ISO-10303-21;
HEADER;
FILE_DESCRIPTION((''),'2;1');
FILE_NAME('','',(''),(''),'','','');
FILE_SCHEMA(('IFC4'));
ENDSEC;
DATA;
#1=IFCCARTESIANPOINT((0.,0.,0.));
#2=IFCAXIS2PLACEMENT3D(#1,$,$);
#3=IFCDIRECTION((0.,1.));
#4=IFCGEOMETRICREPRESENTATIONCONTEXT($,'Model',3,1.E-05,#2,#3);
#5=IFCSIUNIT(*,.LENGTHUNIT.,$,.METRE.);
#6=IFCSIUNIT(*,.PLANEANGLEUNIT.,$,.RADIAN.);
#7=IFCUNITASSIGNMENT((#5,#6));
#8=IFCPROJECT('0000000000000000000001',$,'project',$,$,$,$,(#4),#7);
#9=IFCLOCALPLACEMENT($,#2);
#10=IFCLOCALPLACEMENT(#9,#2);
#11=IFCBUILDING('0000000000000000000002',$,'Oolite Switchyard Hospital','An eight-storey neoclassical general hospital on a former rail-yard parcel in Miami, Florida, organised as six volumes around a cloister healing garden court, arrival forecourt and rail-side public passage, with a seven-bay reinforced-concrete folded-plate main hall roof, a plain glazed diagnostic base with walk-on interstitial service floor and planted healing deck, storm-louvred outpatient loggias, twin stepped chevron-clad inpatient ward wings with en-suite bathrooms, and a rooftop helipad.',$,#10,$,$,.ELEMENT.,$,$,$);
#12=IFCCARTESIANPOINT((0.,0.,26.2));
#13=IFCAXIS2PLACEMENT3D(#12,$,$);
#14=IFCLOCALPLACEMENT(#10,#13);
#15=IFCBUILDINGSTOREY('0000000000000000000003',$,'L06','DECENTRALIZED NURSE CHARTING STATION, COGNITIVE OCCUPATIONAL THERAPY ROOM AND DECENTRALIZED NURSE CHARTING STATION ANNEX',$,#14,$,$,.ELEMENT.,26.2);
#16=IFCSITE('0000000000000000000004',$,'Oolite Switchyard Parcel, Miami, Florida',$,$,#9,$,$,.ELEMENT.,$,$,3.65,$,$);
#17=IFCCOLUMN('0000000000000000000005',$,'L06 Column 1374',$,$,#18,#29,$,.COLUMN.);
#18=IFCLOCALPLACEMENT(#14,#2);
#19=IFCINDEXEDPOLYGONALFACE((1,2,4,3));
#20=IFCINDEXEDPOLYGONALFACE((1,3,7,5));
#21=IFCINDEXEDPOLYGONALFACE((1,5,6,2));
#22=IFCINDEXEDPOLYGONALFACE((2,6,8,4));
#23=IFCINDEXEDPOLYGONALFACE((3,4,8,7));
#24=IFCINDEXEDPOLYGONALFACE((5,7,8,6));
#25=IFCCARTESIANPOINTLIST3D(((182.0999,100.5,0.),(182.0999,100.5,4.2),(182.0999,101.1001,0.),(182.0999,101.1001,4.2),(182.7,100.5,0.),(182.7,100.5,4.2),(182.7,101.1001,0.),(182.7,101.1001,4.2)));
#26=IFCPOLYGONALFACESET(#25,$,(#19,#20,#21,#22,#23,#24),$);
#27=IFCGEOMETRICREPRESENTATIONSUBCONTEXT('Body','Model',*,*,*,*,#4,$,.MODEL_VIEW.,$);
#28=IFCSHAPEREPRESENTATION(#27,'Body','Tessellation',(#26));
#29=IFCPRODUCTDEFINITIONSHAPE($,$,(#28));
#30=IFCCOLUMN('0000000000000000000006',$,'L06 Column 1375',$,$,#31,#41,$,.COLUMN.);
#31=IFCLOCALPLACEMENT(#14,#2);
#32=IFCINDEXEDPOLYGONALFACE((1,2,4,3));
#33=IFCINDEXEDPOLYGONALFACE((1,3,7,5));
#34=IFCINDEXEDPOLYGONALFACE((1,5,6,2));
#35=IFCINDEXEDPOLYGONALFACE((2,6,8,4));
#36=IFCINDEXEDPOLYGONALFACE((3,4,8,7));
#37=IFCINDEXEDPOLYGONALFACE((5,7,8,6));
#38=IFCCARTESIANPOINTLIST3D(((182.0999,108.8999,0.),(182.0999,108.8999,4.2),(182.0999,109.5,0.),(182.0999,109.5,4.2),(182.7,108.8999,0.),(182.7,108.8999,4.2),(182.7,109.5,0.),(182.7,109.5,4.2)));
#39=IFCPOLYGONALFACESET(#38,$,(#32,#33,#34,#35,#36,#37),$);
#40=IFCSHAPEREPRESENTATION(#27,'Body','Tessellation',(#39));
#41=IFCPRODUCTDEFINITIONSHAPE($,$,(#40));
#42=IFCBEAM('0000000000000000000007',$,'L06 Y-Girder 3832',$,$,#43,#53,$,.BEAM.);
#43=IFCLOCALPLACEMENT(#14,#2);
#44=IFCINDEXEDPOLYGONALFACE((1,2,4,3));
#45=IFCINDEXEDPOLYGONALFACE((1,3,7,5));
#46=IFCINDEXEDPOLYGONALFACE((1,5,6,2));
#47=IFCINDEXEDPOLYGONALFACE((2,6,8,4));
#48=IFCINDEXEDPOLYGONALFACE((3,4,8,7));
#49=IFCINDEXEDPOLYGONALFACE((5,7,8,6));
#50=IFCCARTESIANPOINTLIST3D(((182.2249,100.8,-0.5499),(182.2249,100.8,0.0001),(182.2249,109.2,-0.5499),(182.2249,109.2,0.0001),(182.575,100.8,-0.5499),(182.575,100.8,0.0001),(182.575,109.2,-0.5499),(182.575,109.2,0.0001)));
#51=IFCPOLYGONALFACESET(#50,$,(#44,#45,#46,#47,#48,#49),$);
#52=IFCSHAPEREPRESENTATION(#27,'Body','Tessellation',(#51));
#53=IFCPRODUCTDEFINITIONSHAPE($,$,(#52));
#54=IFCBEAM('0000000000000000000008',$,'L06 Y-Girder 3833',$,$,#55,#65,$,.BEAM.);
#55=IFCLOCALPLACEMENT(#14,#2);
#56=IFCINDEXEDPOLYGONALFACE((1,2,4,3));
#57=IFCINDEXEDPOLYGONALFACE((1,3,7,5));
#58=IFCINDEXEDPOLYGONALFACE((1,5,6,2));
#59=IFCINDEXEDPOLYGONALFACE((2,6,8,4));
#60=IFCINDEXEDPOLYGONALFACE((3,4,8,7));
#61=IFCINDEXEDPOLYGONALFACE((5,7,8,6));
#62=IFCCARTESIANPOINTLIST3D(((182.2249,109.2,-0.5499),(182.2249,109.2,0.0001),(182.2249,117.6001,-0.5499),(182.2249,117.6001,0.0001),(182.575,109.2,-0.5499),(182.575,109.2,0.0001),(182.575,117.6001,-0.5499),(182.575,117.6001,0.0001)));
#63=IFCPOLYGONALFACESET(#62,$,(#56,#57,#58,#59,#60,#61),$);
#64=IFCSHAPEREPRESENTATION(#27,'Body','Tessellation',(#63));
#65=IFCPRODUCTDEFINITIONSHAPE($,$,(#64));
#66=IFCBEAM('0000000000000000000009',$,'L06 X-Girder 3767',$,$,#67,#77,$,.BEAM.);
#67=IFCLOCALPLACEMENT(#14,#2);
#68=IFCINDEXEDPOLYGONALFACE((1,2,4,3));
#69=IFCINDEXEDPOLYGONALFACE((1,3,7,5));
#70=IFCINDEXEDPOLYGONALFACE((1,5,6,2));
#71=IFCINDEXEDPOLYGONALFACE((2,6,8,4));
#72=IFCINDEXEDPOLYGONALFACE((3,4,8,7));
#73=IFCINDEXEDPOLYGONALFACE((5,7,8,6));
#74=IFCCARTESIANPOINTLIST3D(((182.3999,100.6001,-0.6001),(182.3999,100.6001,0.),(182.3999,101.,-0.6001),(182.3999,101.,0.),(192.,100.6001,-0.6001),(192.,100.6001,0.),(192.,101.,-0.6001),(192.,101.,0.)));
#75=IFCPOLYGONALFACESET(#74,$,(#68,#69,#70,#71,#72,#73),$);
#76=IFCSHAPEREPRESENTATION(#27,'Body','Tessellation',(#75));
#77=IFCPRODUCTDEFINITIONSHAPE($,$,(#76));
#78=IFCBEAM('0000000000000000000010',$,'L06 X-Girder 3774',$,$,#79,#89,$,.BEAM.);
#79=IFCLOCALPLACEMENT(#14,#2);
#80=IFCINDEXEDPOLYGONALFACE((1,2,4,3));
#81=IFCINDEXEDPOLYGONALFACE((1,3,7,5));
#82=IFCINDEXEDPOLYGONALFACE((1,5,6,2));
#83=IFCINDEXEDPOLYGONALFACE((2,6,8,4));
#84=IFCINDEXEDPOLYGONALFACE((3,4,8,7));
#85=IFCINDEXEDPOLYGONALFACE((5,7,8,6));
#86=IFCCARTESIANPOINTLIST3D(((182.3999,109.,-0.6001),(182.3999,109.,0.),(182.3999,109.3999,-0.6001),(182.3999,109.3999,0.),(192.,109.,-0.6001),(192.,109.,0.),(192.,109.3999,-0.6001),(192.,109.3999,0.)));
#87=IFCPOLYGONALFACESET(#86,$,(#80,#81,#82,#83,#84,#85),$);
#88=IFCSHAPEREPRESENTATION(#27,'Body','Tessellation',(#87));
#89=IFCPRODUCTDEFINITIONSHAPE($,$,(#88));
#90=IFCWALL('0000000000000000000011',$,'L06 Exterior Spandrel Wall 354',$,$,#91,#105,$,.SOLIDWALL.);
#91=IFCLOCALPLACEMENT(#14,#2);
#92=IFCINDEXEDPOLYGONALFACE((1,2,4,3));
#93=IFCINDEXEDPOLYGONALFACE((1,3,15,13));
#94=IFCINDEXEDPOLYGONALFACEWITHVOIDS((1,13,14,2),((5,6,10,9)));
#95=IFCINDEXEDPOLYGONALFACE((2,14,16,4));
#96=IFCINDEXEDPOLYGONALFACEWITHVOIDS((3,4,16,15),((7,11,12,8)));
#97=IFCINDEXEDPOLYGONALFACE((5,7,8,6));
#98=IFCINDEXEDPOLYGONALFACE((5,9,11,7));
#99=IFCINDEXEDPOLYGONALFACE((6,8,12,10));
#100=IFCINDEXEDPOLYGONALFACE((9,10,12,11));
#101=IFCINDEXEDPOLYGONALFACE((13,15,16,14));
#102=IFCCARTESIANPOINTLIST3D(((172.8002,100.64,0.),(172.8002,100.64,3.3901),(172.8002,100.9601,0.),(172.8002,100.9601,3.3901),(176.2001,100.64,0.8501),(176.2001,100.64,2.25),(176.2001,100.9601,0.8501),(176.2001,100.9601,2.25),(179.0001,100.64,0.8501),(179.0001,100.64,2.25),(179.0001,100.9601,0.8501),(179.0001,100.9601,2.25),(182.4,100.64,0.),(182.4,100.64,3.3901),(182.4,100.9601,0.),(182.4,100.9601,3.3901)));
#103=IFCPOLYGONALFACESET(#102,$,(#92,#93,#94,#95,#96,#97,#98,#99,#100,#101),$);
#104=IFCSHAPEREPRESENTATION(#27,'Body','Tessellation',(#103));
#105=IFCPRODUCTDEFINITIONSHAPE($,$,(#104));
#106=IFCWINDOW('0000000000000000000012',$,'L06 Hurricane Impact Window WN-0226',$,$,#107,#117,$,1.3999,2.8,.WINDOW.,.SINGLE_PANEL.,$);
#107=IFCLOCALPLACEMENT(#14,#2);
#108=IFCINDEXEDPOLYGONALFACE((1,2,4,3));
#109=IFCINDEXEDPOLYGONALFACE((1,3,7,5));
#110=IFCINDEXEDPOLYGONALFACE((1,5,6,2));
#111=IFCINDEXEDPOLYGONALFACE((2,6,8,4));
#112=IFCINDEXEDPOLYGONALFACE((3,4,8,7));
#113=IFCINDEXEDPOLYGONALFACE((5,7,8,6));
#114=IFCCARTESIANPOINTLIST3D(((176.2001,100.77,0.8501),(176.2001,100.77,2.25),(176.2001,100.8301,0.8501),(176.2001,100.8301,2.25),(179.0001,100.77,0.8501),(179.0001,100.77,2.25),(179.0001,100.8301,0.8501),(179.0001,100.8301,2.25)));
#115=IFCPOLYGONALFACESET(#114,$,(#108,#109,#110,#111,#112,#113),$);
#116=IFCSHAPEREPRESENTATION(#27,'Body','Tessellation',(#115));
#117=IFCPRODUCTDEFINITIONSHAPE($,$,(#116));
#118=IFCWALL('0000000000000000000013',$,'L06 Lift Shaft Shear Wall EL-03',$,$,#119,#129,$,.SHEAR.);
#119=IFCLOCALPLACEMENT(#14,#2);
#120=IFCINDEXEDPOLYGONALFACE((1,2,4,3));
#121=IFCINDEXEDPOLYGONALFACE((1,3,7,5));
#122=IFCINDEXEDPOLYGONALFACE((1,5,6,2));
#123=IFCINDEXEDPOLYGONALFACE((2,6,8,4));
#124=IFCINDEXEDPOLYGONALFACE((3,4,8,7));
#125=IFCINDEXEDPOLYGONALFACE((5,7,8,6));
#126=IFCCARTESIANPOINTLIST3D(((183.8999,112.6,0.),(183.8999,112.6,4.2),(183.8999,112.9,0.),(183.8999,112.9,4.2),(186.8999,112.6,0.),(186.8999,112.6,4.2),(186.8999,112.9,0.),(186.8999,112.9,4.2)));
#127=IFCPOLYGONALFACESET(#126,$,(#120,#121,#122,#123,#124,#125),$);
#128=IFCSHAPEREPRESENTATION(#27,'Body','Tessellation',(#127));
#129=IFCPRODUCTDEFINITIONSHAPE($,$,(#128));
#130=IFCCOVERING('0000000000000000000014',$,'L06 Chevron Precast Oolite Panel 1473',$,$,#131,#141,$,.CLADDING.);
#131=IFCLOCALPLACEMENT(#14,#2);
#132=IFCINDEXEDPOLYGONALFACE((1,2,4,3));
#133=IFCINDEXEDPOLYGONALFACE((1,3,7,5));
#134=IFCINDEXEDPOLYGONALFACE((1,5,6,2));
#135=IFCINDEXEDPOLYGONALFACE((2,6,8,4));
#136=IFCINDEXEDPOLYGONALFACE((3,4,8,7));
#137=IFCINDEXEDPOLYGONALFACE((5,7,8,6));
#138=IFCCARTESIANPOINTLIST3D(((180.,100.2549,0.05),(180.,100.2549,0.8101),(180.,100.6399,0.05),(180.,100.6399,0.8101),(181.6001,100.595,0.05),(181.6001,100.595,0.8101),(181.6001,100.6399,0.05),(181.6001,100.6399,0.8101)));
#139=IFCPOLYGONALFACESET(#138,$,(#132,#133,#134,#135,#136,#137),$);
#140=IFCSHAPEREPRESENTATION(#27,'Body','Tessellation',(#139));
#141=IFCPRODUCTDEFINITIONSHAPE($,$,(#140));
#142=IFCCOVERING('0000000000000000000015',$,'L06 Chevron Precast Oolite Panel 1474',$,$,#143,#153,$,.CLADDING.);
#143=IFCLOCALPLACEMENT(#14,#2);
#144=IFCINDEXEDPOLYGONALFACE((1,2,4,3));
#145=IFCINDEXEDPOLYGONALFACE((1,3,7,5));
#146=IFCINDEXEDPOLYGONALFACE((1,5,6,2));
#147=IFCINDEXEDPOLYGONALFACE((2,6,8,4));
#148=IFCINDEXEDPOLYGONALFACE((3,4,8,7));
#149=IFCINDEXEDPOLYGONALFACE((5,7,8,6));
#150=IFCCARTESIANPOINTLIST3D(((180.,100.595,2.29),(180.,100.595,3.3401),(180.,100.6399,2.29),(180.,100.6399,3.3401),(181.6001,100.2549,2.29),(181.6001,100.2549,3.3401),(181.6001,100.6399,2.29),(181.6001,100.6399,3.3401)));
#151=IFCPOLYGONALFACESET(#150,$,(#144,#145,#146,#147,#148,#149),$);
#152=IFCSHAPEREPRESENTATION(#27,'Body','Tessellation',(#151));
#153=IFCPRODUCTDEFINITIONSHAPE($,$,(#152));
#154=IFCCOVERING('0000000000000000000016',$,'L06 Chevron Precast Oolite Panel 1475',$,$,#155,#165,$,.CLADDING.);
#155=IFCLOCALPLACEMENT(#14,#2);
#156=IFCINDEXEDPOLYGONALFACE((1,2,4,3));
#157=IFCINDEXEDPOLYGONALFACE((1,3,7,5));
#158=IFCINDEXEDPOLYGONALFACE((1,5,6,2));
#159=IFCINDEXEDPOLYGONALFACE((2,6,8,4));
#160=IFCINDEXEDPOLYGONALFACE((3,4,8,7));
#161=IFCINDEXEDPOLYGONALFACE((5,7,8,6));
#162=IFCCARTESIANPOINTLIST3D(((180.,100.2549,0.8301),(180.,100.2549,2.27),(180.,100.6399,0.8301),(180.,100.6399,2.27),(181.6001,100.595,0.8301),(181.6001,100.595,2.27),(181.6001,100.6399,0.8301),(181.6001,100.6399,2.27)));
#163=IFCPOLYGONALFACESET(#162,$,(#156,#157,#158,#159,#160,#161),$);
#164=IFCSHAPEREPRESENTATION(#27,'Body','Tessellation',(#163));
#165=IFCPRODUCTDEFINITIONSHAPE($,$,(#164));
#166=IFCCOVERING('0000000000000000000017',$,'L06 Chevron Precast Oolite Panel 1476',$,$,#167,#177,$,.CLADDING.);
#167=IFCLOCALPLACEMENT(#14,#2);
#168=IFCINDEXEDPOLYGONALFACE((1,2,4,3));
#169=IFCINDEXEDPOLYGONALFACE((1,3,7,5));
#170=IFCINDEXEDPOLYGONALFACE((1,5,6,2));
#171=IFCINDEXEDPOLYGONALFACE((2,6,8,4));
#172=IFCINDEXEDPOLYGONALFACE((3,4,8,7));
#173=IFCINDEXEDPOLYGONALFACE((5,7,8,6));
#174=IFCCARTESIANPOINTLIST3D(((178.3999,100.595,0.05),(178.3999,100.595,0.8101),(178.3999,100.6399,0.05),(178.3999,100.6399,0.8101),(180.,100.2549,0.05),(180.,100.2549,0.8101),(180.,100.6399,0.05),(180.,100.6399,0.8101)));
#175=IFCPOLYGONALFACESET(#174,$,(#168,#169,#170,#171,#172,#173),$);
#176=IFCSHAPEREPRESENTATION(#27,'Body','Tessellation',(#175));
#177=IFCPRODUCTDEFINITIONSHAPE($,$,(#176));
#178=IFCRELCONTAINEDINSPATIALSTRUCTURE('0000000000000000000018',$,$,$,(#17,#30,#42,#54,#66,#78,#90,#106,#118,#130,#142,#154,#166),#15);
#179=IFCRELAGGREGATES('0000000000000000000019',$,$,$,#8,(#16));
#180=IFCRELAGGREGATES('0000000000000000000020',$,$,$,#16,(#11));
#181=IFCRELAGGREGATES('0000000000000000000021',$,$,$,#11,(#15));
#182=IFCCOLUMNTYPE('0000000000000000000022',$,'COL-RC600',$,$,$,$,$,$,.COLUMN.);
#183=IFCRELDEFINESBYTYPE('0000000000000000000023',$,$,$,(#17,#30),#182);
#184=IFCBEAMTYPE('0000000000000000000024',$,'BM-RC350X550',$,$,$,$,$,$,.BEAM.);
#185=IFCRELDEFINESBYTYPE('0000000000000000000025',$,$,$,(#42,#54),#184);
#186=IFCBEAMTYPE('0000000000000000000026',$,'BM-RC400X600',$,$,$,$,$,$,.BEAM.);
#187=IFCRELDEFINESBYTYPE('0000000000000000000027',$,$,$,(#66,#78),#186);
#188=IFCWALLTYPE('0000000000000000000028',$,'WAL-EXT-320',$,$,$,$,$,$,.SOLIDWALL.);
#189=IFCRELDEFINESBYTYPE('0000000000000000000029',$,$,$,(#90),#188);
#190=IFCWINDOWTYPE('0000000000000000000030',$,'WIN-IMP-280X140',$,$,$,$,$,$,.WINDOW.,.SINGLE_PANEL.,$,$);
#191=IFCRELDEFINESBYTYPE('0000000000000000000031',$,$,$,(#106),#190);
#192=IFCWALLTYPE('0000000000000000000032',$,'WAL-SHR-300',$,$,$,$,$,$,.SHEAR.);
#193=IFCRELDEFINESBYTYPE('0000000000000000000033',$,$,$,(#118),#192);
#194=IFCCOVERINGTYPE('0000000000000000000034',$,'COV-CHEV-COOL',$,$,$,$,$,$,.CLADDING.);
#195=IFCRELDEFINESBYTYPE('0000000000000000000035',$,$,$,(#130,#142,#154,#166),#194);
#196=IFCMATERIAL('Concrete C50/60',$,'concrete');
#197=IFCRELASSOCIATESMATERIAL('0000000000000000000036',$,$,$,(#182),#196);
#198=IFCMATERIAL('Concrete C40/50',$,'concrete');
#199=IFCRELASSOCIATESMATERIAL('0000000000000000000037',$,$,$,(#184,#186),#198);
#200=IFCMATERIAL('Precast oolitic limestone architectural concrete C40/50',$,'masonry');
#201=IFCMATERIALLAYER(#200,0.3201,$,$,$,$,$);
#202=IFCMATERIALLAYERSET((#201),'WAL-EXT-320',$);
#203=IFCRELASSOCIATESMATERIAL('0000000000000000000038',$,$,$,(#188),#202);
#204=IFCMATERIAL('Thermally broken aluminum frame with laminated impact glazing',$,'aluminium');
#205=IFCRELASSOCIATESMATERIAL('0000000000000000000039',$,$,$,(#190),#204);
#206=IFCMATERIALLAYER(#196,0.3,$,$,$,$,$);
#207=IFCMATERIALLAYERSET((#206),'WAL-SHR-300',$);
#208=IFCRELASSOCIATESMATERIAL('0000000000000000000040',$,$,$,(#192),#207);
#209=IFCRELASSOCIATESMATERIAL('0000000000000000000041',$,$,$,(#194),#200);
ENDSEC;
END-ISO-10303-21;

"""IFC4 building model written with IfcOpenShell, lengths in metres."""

from ifc_helpers import new_model, si_unit, direction, frame, frame_2d, origin, origin_2d, place, context, subcontext, project, spatial, polyline, rectangle, outline, extrude, material, layer, layer_set, material_profile, profile_set, type_object, element, fill, save


model = new_model("IFC4")

# Units and contexts
model_context = context("Model", 3, precision=1e-05, world=origin(), true_north=direction((0.0, 1.0)))
body_context = subcontext(model_context, "Body", "Model", "MODEL_VIEW")
ifc_project = project(units=[si_unit("LENGTHUNIT", "METRE"), si_unit("PLANEANGLEUNIT", "RADIAN")], contexts=[model_context])

# Site, building, storey
site_placement = place(None, origin())
site = spatial("IfcSite", under=ifc_project, at=site_placement, Name="Oolite Switchyard Parcel, Miami, Florida", CompositionType="ELEMENT", RefElevation=3.65)
building_placement = place(site_placement, origin())
building = spatial("IfcBuilding", under=site, at=building_placement, Name="Oolite Switchyard Hospital", Description="An eight-storey neoclassical general hospital on a former rail-yard parcel in Miami, Florida, organised as six volumes around a cloister healing garden court, arrival forecourt and rail-side public passage, with a seven-bay reinforced-concrete folded-plate main hall roof, a plain glazed diagnostic base with walk-on interstitial service floor and planted healing deck, storm-louvred outpatient loggias, twin stepped chevron-clad inpatient ward wings with en-suite bathrooms, and a rooftop helipad.", CompositionType="ELEMENT")
storey_placement = place(building_placement, frame((0.0, 0.0, 26.2)))
storey = spatial("IfcBuildingStorey", under=building, at=storey_placement, Name="L06", Description="DECENTRALIZED NURSE CHARTING STATION, COGNITIVE OCCUPATIONAL THERAPY ROOM AND DECENTRALIZED NURSE CHARTING STATION ANNEX", CompositionType="ELEMENT", Elevation=26.2)

# Columns
ifc_material_1 = material(Name="Concrete C50/60", Category="concrete")
ifc_material_profile_1 = material_profile(ifc_material_1, rectangle(XDim=0.6001, YDim=0.6001, at=origin_2d()), Name="RC600X600")
ifc_profile_set_1 = profile_set([ifc_material_profile_1], Name="Concrete C50/60")
column_type = type_object("IfcColumnType", Name="COL-RC600", PredefinedType="COLUMN", material=ifc_profile_set_1)
for number, where, z_axis, x_axis, name in (
    (1, (182.3999, 100.8, 0.0), (0.0, 0.0, 1.0), (1.0, 0.0, 0.0), "L06 Column 1374"),
    (2, (182.3999, 109.2, 0.0), (0.0, 0.0, 1.0), (1.0, 0.0, 0.0), "L06 Column 1375"),
):
    element("IfcColumn", number, at=place(storey_placement, frame(where, z_axis=z_axis, x_axis=x_axis)), inside=storey, type_object=column_type, Name=name, PredefinedType="COLUMN", context=body_context, shape_type="SweptSolid", body=[
        extrude(rectangle(XDim=0.6001, YDim=0.6001, at=origin_2d()), origin(), (0.0, 0.0, 1.0), 4.2),
    ])

# Beams
ifc_material_2 = material(Name="Concrete C40/50", Category="concrete")
ifc_material_profile_2 = material_profile(ifc_material_2, rectangle(XDim=0.3501, YDim=0.55, at=origin_2d()), Name="RCB350X550")
ifc_profile_set_2 = profile_set([ifc_material_profile_2], Name="Concrete C40/50")
beam_type_1 = type_object("IfcBeamType", Name="BM-RC350X550", PredefinedType="BEAM", material=ifc_profile_set_2)
beam_1_placement = place(storey_placement, frame((182.3999, 100.8, -0.2749), z_axis=(0.0, 1.0, 0.0), x_axis=(-1.0, 0.0, 0.0)))
element("IfcBeam", 3, at=beam_1_placement, inside=storey, type_object=beam_type_1, Name="L06 Y-Girder 3832", PredefinedType="BEAM", context=body_context, shape_type="SweptSolid", body=[
    extrude(rectangle(XDim=0.3501, YDim=0.55, at=origin_2d()), origin(), (0.0, 0.0, 1.0), 8.3999),
])
beam_2_placement = place(storey_placement, frame((182.3999, 109.2, -0.2749), z_axis=(0.0, 1.0, 0.0), x_axis=(-1.0, 0.0, 0.0)))
element("IfcBeam", 4, at=beam_2_placement, inside=storey, type_object=beam_type_1, Name="L06 Y-Girder 3833", PredefinedType="BEAM", context=body_context, shape_type="SweptSolid", body=[
    extrude(rectangle(XDim=0.3501, YDim=0.55, at=origin_2d()), origin(), (0.0, 0.0, 1.0), 8.4001),
])
ifc_material_profile_3 = material_profile(ifc_material_2, rectangle(XDim=0.3999, YDim=0.6001, at=origin_2d()), Name="RCB400X600")
ifc_profile_set_3 = profile_set([ifc_material_profile_3], Name="Concrete C40/50")
beam_type_2 = type_object("IfcBeamType", Name="BM-RC400X600", PredefinedType="BEAM", material=ifc_profile_set_3)
for number, where, z_axis, x_axis, name in (
    (5, (182.3999, 100.8, -0.3), (1.0, 0.0, 0.0), (0.0, 1.0, 0.0), "L06 X-Girder 3767"),
    (6, (182.3999, 109.2, -0.3), (1.0, 0.0, 0.0), (0.0, 1.0, 0.0), "L06 X-Girder 3774"),
):
    element("IfcBeam", number, at=place(storey_placement, frame(where, z_axis=z_axis, x_axis=x_axis)), inside=storey, type_object=beam_type_2, Name=name, PredefinedType="BEAM", context=body_context, shape_type="SweptSolid", body=[
        extrude(rectangle(XDim=0.3999, YDim=0.6001, at=origin_2d()), origin(), (0.0, 0.0, 1.0), 9.6001),
    ])

# Wall, opening, window
ifc_material_3 = material(Name="Precast oolitic limestone architectural concrete C40/50", Category="masonry")
ifc_layer_1 = layer(ifc_material_3, 0.3201)
ifc_layer_set_1 = layer_set([ifc_layer_1], Name="WAL-EXT-320")
wall_type_1 = type_object("IfcWallType", Name="WAL-EXT-320", PredefinedType="SOLIDWALL", material=ifc_layer_set_1)
wall_1_placement = place(storey_placement, frame((182.3999, 100.8, 0.0), z_axis=(0.0, 0.0, 1.0), x_axis=(-1.0, 0.0, 0.0)))
wall_1 = element("IfcWall", 7, at=wall_1_placement, inside=storey, type_object=wall_type_1, Name="L06 Exterior Spandrel Wall 354", PredefinedType="SOLIDWALL", context=body_context, shape_type="SweptSolid", body=[
    extrude(rectangle(XDim=9.5999, YDim=0.3201, at=frame_2d((4.7998, 0.0))), origin(), (0.0, 0.0, 1.0), 3.3901),
])
opening_placement = place(wall_1_placement, frame((3.3999, 0.0, 0.8501)))
opening = element("IfcOpeningElement", 8, at=opening_placement, cuts=wall_1, PredefinedType="OPENING", context=body_context, shape_type="SweptSolid", body=[
    extrude(rectangle(XDim=2.8, YDim=1.3999, at=frame_2d((1.3999, 0.7))), frame((0.0, 0.1699, 0.0), z_axis=(0.0, -1.0, 0.0), x_axis=(1.0, 0.0, 0.0)), (0.0, 0.0, 1.0), 0.3401),
])
ifc_material_4 = material(Name="Thermally broken aluminum frame with laminated impact glazing", Category="aluminium")
window_type = type_object("IfcWindowType", Name="WIN-IMP-280X140", PartitioningType="SINGLE_PANEL", PredefinedType="WINDOW", material=ifc_material_4)
window_placement = place(opening_placement, origin())
window = element("IfcWindow", 9, at=window_placement, inside=storey, type_object=window_type, Name="L06 Hurricane Impact Window WN-0226", OverallHeight=1.3999, OverallWidth=2.8, PartitioningType="SINGLE_PANEL", PredefinedType="WINDOW", context=body_context, shape_type="SweptSolid", body=[
    extrude(rectangle(XDim=2.8, YDim=1.3999, at=frame_2d((1.3999, 0.7))), frame((0.0, 0.03, 0.0), z_axis=(0.0, -1.0, 0.0), x_axis=(1.0, 0.0, 0.0)), (0.0, 0.0, 1.0), 0.0601),
])
fill(opening, window)

# Wall
ifc_layer_2 = layer(ifc_material_1, 0.3)
ifc_layer_set_2 = layer_set([ifc_layer_2], Name="WAL-SHR-300")
wall_type_2 = type_object("IfcWallType", Name="WAL-SHR-300", PredefinedType="SHEAR", material=ifc_layer_set_2)
wall_2_placement = place(storey_placement, frame((183.8999, 112.75, 0.0), z_axis=(0.0, 0.0, 1.0), x_axis=(1.0, 0.0, 0.0)))
element("IfcWall", 10, at=wall_2_placement, inside=storey, type_object=wall_type_2, Name="L06 Lift Shaft Shear Wall EL-03", PredefinedType="SHEAR", context=body_context, shape_type="SweptSolid", body=[
    extrude(rectangle(XDim=3.0, YDim=0.3, at=frame_2d((1.5, 0.0))), origin(), (0.0, 0.0, 1.0), 4.2),
])

# Coverings
covering_type = type_object("IfcCoveringType", Name="COV-CHEV-COOL", PredefinedType="CLADDING", material=ifc_material_3)
covering_1_placement = place(storey_placement, frame((181.6001, 100.6399, 0.05), z_axis=(0.0, 0.0, 1.0), x_axis=(-1.0, 0.0, 0.0)))
element("IfcCovering", 11, at=covering_1_placement, inside=storey, type_object=covering_type, Name="L06 Chevron Precast Oolite Panel 1473", PredefinedType="CLADDING", context=body_context, shape_type="SweptSolid", body=[
    extrude(outline(polyline([(0.0, 0.0), (1.6001, 0.0), (1.6001, 0.385), (0.0, 0.0449), (0.0, 0.0)])), origin(), (0.0, 0.0, 1.0), 0.76),
])
covering_2_placement = place(storey_placement, frame((181.6001, 100.6399, 2.29), z_axis=(0.0, 0.0, 1.0), x_axis=(-1.0, 0.0, 0.0)))
element("IfcCovering", 12, at=covering_2_placement, inside=storey, type_object=covering_type, Name="L06 Chevron Precast Oolite Panel 1474", PredefinedType="CLADDING", context=body_context, shape_type="SweptSolid", body=[
    extrude(outline(polyline([(0.0, 0.0), (1.6001, 0.0), (1.6001, 0.0449), (0.0, 0.385), (0.0, 0.0)])), origin(), (0.0, 0.0, 1.0), 1.05),
])
covering_3_placement = place(storey_placement, frame((181.6001, 100.6399, 0.8301), z_axis=(0.0, 0.0, 1.0), x_axis=(-1.0, 0.0, 0.0)))
element("IfcCovering", 13, at=covering_3_placement, inside=storey, type_object=covering_type, Name="L06 Chevron Precast Oolite Panel 1475", PredefinedType="CLADDING", context=body_context, shape_type="SweptSolid", body=[
    extrude(outline(polyline([(0.0, 0.0), (1.6001, 0.0), (1.6001, 0.385), (0.0, 0.0449), (0.0, 0.0)])), origin(), (0.0, 0.0, 1.0), 1.4399),
])
covering_4_placement = place(storey_placement, frame((180.0, 100.6399, 0.05), z_axis=(0.0, 0.0, 1.0), x_axis=(-1.0, 0.0, 0.0)))
element("IfcCovering", 14, at=covering_4_placement, inside=storey, type_object=covering_type, Name="L06 Chevron Precast Oolite Panel 1476", PredefinedType="CLADDING", context=body_context, shape_type="SweptSolid", body=[
    extrude(outline(polyline([(0.0, 0.0), (1.6001, 0.0), (1.6001, 0.0449), (0.0, 0.385), (0.0, 0.0)])), origin(), (0.0, 0.0, 1.0), 0.76),
])

save(model, "model.ifc")
